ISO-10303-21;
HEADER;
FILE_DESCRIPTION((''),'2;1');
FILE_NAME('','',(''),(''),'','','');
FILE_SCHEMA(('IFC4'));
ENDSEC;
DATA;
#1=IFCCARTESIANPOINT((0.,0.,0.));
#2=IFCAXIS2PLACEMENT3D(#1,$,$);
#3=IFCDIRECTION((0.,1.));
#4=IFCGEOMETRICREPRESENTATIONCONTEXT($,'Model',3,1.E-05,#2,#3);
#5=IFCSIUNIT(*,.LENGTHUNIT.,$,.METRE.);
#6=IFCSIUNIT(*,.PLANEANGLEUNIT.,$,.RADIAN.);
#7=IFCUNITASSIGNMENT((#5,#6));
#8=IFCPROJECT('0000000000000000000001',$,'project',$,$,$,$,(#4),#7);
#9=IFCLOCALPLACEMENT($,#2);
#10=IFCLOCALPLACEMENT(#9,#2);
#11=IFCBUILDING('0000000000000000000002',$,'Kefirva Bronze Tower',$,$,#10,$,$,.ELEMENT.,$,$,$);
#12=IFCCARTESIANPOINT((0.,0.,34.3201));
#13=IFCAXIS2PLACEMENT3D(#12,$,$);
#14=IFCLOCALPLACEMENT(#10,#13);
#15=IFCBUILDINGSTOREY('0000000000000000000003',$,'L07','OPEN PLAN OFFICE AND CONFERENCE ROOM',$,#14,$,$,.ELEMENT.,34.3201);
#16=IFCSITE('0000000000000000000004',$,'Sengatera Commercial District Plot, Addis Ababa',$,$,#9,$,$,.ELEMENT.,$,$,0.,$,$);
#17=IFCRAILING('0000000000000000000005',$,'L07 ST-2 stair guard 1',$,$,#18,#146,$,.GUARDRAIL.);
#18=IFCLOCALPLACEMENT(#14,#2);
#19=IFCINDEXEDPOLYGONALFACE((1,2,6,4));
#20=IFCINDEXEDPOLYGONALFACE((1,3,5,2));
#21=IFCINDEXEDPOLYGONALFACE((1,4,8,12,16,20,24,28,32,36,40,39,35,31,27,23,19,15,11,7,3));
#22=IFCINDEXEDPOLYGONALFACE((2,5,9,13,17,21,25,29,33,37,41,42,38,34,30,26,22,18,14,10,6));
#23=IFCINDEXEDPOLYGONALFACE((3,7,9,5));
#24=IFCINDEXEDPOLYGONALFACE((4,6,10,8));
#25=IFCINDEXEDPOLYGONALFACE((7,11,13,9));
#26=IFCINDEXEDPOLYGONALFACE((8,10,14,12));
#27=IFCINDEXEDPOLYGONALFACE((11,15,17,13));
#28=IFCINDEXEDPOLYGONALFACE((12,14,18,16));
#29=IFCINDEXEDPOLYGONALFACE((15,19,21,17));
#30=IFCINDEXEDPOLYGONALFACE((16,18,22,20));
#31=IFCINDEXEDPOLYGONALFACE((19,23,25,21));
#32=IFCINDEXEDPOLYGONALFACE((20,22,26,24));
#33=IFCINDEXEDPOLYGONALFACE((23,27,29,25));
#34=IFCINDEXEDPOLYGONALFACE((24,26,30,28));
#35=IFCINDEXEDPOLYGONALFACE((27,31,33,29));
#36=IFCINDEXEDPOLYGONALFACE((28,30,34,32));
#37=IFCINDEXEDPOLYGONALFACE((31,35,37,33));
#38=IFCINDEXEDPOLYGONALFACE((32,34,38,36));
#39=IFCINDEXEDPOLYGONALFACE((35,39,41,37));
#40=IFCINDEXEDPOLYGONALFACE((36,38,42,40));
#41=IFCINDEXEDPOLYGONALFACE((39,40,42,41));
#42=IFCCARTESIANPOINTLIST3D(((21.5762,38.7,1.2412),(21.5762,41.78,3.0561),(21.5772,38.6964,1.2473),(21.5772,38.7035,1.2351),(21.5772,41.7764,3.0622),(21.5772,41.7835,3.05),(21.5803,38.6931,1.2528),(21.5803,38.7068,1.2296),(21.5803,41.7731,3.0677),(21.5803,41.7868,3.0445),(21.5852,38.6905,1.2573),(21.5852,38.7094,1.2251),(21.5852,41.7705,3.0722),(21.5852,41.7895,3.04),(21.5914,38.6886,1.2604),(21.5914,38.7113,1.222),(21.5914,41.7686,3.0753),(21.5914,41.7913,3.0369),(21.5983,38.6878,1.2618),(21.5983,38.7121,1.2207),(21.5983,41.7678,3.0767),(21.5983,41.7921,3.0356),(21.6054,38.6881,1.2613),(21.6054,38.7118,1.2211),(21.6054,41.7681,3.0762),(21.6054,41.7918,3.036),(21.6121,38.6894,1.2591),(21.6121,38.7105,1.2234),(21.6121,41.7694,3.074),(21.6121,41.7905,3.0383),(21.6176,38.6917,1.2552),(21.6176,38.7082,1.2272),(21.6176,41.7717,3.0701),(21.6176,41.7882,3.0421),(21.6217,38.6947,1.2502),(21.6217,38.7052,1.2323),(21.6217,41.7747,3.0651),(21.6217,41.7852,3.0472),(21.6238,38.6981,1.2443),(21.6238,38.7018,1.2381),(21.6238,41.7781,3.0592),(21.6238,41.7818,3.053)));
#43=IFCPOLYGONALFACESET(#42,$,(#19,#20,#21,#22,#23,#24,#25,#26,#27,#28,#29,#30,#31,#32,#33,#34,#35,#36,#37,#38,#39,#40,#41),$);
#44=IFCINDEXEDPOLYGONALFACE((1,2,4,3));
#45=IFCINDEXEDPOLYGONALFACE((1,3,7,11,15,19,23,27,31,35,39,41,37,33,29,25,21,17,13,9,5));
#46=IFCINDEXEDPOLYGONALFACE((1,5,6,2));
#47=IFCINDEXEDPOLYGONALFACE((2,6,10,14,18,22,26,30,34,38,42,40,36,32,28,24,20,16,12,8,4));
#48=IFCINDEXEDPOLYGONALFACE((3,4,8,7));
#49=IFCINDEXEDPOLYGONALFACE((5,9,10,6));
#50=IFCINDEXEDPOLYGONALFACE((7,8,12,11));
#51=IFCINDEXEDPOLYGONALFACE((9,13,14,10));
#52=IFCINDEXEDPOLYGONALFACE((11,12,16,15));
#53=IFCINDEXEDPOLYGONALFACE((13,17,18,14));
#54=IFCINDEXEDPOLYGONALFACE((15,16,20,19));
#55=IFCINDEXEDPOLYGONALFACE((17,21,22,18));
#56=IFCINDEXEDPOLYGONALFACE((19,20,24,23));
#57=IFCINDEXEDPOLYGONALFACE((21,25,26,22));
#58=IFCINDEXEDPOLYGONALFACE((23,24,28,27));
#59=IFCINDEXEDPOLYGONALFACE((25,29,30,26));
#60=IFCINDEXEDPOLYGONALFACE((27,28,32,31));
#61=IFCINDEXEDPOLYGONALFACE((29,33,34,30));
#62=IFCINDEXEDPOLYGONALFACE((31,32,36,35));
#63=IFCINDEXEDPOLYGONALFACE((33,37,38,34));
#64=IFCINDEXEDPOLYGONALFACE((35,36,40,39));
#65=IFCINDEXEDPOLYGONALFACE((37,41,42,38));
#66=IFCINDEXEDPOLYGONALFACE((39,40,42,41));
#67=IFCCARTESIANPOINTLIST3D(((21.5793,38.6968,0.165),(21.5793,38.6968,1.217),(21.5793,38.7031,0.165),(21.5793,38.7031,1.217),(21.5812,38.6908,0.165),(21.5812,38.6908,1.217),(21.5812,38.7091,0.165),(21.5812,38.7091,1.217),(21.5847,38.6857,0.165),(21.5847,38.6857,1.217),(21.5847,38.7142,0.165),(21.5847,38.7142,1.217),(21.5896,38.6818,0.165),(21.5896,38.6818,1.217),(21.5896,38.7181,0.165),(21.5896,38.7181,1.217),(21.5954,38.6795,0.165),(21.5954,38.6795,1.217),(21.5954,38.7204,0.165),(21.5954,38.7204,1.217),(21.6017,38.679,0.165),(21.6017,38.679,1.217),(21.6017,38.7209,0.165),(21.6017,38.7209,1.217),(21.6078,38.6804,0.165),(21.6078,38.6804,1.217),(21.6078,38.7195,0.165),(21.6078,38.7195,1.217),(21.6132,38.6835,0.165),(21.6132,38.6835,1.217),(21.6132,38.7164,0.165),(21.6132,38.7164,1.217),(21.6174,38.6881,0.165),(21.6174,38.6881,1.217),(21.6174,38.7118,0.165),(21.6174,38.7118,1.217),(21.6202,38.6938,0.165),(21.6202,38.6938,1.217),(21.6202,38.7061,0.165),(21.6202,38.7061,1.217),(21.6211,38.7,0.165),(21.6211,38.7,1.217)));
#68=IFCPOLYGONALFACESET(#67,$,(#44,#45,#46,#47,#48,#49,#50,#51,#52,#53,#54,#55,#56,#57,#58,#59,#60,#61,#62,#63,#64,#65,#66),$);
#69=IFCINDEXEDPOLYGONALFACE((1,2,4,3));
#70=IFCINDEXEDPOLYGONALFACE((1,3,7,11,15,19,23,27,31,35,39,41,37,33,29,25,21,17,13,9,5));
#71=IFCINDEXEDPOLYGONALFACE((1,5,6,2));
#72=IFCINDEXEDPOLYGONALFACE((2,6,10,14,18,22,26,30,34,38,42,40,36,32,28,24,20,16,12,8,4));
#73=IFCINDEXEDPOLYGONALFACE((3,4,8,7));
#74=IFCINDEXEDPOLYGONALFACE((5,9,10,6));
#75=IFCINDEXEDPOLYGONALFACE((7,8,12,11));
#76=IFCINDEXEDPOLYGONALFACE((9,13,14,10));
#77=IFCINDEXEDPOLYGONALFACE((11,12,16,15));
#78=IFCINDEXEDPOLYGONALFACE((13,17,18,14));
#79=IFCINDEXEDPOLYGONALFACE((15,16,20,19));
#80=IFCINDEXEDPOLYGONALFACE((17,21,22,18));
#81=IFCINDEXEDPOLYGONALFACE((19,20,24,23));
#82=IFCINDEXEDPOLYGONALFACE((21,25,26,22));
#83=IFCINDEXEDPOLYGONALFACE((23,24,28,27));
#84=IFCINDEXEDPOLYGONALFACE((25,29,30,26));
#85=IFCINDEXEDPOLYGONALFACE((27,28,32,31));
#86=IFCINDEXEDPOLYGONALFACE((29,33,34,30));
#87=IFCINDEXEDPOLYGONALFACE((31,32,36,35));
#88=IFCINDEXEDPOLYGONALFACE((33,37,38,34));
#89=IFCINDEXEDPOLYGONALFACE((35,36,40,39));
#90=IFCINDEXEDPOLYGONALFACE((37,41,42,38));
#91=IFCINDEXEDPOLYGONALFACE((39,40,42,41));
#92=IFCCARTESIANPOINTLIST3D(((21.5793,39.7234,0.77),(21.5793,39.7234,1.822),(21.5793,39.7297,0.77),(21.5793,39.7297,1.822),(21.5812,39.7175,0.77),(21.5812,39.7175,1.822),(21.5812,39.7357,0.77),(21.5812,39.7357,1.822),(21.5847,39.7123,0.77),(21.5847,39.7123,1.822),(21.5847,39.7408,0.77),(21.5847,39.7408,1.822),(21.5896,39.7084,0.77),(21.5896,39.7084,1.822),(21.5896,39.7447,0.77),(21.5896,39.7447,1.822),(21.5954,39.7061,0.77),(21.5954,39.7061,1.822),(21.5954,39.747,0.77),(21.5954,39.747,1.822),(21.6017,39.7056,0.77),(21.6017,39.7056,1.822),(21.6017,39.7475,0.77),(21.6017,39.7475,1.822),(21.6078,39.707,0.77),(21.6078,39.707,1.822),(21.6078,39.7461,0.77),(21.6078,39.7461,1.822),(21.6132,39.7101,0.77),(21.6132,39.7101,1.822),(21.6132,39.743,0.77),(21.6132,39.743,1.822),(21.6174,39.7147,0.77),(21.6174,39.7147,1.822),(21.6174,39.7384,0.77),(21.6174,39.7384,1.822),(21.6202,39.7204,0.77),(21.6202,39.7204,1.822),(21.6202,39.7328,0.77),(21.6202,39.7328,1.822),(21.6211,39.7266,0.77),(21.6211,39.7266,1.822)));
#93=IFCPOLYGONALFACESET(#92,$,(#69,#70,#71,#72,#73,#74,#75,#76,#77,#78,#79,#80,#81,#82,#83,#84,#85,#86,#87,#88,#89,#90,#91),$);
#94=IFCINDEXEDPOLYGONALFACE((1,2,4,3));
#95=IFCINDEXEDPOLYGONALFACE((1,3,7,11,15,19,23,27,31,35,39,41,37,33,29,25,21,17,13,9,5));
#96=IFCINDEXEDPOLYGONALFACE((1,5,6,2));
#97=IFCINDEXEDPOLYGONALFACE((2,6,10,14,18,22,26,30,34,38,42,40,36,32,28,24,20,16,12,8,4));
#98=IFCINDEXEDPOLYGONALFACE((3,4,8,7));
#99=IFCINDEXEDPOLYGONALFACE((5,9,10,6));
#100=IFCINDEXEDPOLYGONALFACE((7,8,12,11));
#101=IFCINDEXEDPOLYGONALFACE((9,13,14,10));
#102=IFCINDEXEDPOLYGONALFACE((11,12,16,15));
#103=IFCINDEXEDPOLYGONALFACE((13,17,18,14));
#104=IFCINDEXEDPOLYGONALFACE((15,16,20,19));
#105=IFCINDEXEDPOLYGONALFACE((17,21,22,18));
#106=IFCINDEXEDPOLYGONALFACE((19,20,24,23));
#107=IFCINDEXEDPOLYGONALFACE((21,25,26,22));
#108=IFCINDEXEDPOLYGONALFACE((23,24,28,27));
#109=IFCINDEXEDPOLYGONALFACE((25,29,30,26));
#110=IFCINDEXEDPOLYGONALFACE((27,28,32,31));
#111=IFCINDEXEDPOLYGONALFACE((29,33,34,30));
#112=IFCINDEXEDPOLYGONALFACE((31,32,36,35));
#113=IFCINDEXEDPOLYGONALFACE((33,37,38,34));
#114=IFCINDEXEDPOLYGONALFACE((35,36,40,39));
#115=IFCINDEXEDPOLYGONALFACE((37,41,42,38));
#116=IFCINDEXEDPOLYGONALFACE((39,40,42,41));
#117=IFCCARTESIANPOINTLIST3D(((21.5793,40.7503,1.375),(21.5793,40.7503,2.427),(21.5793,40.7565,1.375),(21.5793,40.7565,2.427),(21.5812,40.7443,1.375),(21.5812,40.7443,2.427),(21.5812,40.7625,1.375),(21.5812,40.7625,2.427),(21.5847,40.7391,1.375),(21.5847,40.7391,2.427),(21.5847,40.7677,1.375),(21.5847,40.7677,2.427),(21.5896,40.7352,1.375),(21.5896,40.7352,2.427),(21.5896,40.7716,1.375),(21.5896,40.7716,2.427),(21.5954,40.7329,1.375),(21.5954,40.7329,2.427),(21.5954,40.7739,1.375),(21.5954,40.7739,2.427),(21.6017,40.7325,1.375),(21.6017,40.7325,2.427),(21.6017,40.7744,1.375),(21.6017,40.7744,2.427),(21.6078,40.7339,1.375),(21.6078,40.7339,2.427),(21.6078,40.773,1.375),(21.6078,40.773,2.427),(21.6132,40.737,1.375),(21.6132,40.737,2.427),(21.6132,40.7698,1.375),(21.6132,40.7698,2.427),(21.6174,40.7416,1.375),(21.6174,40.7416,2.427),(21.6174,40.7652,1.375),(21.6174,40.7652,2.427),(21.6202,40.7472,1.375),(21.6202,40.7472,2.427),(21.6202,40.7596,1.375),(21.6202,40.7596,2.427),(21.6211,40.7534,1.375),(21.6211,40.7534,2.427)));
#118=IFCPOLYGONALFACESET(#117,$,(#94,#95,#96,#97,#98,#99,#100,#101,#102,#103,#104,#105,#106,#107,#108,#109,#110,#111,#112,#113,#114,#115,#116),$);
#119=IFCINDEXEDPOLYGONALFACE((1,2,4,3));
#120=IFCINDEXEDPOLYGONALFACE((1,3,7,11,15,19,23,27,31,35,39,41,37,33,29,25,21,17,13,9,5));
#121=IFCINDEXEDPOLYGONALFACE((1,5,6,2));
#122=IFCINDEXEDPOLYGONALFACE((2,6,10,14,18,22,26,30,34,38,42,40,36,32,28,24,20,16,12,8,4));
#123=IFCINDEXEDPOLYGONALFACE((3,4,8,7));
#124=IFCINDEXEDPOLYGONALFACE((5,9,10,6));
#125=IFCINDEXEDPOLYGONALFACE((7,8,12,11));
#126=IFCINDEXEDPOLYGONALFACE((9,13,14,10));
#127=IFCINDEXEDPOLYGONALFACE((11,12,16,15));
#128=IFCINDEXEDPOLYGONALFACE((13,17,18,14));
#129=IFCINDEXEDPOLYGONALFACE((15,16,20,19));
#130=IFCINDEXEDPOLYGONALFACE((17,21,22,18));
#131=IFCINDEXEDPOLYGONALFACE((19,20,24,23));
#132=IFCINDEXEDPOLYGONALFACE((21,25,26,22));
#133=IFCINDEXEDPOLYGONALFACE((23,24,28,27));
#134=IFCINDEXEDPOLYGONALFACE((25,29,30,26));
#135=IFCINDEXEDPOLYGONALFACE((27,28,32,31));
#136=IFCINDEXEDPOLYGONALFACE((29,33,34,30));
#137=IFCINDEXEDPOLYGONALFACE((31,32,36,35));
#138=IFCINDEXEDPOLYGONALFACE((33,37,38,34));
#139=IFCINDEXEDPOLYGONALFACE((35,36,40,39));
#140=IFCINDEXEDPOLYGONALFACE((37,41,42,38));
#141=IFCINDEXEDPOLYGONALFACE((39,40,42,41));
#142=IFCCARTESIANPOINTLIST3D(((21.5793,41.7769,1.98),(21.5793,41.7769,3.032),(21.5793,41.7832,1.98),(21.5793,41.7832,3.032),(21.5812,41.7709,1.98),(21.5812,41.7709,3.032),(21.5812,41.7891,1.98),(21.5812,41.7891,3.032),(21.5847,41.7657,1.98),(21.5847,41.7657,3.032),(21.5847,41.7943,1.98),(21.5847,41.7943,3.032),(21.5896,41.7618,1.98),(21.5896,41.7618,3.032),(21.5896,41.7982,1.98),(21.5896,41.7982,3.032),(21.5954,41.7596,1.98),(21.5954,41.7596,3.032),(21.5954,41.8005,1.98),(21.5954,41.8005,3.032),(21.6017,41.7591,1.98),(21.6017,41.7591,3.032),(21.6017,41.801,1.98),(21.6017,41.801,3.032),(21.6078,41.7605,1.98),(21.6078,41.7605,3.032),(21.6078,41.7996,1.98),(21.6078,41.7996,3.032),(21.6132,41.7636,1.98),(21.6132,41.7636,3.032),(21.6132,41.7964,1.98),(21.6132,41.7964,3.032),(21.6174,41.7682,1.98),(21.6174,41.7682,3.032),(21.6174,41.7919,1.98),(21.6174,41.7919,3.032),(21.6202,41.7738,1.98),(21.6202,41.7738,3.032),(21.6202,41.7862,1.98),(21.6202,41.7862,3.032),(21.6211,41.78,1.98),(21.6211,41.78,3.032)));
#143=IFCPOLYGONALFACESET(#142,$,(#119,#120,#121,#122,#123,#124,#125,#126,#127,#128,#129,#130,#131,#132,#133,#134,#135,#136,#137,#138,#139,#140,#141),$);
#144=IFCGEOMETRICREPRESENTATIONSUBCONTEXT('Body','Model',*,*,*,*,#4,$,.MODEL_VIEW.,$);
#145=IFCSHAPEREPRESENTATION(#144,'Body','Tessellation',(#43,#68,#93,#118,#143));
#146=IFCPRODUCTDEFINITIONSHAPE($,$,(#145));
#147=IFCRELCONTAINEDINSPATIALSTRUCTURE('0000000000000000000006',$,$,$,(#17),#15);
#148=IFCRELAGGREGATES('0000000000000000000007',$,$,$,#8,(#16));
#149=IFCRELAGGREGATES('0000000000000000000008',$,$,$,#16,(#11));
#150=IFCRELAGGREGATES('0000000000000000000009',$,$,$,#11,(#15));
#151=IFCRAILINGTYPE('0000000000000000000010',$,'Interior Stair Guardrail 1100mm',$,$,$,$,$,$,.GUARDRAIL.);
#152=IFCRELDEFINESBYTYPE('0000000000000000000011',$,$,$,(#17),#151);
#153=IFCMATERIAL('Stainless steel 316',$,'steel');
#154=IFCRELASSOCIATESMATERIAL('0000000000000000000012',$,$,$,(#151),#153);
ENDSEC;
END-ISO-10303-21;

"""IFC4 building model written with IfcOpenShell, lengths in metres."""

from ifc_helpers import new_model, si_unit, direction, frame, origin, origin_2d, place, context, subcontext, project, spatial, circle, extrude, material, type_object, element, save


model = new_model("IFC4")

# Units and contexts
model_context = context("Model", 3, precision=1e-05, world=origin(), true_north=direction((0.0, 1.0)))
body_context = subcontext(model_context, "Body", "Model", "MODEL_VIEW")
ifc_project = project(units=[si_unit("LENGTHUNIT", "METRE"), si_unit("PLANEANGLEUNIT", "RADIAN")], contexts=[model_context])

# Site, building, storey
site_placement = place(None, origin())
site = spatial("IfcSite", under=ifc_project, at=site_placement, Name="Sengatera Commercial District Plot, Addis Ababa", CompositionType="ELEMENT", RefElevation=0.0)
building_placement = place(site_placement, origin())
building = spatial("IfcBuilding", under=site, at=building_placement, Name="Kefirva Bronze Tower", CompositionType="ELEMENT")
storey_placement = place(building_placement, frame((0.0, 0.0, 34.3201)))
storey = spatial("IfcBuildingStorey", under=building, at=storey_placement, Name="L07", Description="OPEN PLAN OFFICE AND CONFERENCE ROOM", CompositionType="ELEMENT", Elevation=34.3201)

# Railing
ifc_material_1 = material(Name="Stainless steel 316", Category="steel")
railing_type_1 = type_object("IfcRailingType", Name="Interior Stair Guardrail 1100mm", PredefinedType="GUARDRAIL", material=ifc_material_1)
railing_1_placement = place(storey_placement, frame((21.6001, 38.7, 0.165)))
element("IfcRailing", 1, at=railing_1_placement, inside=storey, type_object=railing_type_1, Name="L07 ST-2 stair guard 1", PredefinedType="GUARDRAIL", context=body_context, shape_type="SweptSolid", body=[
    extrude(circle(Radius=0.0239, at=origin_2d()), frame((0.0, 0.0, 1.0762), z_axis=(0.0, 0.861551, 0.507671), x_axis=(-1.0, 0.0, 0.0)), (0.0, 0.0, 1.0), 3.575),
    extrude(circle(Radius=0.021, at=origin_2d()), origin(), (0.0, 0.0, 1.0), 1.052),
    extrude(circle(Radius=0.021, at=origin_2d()), frame((0.0, 1.0266, 0.605)), (0.0, 0.0, 1.0), 1.052),
    extrude(circle(Radius=0.021, at=origin_2d()), frame((0.0, 2.0535, 1.21)), (0.0, 0.0, 1.0), 1.052),
    extrude(circle(Radius=0.021, at=origin_2d()), frame((0.0, 3.0801, 1.8149)), (0.0, 0.0, 1.0), 1.052),
])

save(model, "model.ifc")
